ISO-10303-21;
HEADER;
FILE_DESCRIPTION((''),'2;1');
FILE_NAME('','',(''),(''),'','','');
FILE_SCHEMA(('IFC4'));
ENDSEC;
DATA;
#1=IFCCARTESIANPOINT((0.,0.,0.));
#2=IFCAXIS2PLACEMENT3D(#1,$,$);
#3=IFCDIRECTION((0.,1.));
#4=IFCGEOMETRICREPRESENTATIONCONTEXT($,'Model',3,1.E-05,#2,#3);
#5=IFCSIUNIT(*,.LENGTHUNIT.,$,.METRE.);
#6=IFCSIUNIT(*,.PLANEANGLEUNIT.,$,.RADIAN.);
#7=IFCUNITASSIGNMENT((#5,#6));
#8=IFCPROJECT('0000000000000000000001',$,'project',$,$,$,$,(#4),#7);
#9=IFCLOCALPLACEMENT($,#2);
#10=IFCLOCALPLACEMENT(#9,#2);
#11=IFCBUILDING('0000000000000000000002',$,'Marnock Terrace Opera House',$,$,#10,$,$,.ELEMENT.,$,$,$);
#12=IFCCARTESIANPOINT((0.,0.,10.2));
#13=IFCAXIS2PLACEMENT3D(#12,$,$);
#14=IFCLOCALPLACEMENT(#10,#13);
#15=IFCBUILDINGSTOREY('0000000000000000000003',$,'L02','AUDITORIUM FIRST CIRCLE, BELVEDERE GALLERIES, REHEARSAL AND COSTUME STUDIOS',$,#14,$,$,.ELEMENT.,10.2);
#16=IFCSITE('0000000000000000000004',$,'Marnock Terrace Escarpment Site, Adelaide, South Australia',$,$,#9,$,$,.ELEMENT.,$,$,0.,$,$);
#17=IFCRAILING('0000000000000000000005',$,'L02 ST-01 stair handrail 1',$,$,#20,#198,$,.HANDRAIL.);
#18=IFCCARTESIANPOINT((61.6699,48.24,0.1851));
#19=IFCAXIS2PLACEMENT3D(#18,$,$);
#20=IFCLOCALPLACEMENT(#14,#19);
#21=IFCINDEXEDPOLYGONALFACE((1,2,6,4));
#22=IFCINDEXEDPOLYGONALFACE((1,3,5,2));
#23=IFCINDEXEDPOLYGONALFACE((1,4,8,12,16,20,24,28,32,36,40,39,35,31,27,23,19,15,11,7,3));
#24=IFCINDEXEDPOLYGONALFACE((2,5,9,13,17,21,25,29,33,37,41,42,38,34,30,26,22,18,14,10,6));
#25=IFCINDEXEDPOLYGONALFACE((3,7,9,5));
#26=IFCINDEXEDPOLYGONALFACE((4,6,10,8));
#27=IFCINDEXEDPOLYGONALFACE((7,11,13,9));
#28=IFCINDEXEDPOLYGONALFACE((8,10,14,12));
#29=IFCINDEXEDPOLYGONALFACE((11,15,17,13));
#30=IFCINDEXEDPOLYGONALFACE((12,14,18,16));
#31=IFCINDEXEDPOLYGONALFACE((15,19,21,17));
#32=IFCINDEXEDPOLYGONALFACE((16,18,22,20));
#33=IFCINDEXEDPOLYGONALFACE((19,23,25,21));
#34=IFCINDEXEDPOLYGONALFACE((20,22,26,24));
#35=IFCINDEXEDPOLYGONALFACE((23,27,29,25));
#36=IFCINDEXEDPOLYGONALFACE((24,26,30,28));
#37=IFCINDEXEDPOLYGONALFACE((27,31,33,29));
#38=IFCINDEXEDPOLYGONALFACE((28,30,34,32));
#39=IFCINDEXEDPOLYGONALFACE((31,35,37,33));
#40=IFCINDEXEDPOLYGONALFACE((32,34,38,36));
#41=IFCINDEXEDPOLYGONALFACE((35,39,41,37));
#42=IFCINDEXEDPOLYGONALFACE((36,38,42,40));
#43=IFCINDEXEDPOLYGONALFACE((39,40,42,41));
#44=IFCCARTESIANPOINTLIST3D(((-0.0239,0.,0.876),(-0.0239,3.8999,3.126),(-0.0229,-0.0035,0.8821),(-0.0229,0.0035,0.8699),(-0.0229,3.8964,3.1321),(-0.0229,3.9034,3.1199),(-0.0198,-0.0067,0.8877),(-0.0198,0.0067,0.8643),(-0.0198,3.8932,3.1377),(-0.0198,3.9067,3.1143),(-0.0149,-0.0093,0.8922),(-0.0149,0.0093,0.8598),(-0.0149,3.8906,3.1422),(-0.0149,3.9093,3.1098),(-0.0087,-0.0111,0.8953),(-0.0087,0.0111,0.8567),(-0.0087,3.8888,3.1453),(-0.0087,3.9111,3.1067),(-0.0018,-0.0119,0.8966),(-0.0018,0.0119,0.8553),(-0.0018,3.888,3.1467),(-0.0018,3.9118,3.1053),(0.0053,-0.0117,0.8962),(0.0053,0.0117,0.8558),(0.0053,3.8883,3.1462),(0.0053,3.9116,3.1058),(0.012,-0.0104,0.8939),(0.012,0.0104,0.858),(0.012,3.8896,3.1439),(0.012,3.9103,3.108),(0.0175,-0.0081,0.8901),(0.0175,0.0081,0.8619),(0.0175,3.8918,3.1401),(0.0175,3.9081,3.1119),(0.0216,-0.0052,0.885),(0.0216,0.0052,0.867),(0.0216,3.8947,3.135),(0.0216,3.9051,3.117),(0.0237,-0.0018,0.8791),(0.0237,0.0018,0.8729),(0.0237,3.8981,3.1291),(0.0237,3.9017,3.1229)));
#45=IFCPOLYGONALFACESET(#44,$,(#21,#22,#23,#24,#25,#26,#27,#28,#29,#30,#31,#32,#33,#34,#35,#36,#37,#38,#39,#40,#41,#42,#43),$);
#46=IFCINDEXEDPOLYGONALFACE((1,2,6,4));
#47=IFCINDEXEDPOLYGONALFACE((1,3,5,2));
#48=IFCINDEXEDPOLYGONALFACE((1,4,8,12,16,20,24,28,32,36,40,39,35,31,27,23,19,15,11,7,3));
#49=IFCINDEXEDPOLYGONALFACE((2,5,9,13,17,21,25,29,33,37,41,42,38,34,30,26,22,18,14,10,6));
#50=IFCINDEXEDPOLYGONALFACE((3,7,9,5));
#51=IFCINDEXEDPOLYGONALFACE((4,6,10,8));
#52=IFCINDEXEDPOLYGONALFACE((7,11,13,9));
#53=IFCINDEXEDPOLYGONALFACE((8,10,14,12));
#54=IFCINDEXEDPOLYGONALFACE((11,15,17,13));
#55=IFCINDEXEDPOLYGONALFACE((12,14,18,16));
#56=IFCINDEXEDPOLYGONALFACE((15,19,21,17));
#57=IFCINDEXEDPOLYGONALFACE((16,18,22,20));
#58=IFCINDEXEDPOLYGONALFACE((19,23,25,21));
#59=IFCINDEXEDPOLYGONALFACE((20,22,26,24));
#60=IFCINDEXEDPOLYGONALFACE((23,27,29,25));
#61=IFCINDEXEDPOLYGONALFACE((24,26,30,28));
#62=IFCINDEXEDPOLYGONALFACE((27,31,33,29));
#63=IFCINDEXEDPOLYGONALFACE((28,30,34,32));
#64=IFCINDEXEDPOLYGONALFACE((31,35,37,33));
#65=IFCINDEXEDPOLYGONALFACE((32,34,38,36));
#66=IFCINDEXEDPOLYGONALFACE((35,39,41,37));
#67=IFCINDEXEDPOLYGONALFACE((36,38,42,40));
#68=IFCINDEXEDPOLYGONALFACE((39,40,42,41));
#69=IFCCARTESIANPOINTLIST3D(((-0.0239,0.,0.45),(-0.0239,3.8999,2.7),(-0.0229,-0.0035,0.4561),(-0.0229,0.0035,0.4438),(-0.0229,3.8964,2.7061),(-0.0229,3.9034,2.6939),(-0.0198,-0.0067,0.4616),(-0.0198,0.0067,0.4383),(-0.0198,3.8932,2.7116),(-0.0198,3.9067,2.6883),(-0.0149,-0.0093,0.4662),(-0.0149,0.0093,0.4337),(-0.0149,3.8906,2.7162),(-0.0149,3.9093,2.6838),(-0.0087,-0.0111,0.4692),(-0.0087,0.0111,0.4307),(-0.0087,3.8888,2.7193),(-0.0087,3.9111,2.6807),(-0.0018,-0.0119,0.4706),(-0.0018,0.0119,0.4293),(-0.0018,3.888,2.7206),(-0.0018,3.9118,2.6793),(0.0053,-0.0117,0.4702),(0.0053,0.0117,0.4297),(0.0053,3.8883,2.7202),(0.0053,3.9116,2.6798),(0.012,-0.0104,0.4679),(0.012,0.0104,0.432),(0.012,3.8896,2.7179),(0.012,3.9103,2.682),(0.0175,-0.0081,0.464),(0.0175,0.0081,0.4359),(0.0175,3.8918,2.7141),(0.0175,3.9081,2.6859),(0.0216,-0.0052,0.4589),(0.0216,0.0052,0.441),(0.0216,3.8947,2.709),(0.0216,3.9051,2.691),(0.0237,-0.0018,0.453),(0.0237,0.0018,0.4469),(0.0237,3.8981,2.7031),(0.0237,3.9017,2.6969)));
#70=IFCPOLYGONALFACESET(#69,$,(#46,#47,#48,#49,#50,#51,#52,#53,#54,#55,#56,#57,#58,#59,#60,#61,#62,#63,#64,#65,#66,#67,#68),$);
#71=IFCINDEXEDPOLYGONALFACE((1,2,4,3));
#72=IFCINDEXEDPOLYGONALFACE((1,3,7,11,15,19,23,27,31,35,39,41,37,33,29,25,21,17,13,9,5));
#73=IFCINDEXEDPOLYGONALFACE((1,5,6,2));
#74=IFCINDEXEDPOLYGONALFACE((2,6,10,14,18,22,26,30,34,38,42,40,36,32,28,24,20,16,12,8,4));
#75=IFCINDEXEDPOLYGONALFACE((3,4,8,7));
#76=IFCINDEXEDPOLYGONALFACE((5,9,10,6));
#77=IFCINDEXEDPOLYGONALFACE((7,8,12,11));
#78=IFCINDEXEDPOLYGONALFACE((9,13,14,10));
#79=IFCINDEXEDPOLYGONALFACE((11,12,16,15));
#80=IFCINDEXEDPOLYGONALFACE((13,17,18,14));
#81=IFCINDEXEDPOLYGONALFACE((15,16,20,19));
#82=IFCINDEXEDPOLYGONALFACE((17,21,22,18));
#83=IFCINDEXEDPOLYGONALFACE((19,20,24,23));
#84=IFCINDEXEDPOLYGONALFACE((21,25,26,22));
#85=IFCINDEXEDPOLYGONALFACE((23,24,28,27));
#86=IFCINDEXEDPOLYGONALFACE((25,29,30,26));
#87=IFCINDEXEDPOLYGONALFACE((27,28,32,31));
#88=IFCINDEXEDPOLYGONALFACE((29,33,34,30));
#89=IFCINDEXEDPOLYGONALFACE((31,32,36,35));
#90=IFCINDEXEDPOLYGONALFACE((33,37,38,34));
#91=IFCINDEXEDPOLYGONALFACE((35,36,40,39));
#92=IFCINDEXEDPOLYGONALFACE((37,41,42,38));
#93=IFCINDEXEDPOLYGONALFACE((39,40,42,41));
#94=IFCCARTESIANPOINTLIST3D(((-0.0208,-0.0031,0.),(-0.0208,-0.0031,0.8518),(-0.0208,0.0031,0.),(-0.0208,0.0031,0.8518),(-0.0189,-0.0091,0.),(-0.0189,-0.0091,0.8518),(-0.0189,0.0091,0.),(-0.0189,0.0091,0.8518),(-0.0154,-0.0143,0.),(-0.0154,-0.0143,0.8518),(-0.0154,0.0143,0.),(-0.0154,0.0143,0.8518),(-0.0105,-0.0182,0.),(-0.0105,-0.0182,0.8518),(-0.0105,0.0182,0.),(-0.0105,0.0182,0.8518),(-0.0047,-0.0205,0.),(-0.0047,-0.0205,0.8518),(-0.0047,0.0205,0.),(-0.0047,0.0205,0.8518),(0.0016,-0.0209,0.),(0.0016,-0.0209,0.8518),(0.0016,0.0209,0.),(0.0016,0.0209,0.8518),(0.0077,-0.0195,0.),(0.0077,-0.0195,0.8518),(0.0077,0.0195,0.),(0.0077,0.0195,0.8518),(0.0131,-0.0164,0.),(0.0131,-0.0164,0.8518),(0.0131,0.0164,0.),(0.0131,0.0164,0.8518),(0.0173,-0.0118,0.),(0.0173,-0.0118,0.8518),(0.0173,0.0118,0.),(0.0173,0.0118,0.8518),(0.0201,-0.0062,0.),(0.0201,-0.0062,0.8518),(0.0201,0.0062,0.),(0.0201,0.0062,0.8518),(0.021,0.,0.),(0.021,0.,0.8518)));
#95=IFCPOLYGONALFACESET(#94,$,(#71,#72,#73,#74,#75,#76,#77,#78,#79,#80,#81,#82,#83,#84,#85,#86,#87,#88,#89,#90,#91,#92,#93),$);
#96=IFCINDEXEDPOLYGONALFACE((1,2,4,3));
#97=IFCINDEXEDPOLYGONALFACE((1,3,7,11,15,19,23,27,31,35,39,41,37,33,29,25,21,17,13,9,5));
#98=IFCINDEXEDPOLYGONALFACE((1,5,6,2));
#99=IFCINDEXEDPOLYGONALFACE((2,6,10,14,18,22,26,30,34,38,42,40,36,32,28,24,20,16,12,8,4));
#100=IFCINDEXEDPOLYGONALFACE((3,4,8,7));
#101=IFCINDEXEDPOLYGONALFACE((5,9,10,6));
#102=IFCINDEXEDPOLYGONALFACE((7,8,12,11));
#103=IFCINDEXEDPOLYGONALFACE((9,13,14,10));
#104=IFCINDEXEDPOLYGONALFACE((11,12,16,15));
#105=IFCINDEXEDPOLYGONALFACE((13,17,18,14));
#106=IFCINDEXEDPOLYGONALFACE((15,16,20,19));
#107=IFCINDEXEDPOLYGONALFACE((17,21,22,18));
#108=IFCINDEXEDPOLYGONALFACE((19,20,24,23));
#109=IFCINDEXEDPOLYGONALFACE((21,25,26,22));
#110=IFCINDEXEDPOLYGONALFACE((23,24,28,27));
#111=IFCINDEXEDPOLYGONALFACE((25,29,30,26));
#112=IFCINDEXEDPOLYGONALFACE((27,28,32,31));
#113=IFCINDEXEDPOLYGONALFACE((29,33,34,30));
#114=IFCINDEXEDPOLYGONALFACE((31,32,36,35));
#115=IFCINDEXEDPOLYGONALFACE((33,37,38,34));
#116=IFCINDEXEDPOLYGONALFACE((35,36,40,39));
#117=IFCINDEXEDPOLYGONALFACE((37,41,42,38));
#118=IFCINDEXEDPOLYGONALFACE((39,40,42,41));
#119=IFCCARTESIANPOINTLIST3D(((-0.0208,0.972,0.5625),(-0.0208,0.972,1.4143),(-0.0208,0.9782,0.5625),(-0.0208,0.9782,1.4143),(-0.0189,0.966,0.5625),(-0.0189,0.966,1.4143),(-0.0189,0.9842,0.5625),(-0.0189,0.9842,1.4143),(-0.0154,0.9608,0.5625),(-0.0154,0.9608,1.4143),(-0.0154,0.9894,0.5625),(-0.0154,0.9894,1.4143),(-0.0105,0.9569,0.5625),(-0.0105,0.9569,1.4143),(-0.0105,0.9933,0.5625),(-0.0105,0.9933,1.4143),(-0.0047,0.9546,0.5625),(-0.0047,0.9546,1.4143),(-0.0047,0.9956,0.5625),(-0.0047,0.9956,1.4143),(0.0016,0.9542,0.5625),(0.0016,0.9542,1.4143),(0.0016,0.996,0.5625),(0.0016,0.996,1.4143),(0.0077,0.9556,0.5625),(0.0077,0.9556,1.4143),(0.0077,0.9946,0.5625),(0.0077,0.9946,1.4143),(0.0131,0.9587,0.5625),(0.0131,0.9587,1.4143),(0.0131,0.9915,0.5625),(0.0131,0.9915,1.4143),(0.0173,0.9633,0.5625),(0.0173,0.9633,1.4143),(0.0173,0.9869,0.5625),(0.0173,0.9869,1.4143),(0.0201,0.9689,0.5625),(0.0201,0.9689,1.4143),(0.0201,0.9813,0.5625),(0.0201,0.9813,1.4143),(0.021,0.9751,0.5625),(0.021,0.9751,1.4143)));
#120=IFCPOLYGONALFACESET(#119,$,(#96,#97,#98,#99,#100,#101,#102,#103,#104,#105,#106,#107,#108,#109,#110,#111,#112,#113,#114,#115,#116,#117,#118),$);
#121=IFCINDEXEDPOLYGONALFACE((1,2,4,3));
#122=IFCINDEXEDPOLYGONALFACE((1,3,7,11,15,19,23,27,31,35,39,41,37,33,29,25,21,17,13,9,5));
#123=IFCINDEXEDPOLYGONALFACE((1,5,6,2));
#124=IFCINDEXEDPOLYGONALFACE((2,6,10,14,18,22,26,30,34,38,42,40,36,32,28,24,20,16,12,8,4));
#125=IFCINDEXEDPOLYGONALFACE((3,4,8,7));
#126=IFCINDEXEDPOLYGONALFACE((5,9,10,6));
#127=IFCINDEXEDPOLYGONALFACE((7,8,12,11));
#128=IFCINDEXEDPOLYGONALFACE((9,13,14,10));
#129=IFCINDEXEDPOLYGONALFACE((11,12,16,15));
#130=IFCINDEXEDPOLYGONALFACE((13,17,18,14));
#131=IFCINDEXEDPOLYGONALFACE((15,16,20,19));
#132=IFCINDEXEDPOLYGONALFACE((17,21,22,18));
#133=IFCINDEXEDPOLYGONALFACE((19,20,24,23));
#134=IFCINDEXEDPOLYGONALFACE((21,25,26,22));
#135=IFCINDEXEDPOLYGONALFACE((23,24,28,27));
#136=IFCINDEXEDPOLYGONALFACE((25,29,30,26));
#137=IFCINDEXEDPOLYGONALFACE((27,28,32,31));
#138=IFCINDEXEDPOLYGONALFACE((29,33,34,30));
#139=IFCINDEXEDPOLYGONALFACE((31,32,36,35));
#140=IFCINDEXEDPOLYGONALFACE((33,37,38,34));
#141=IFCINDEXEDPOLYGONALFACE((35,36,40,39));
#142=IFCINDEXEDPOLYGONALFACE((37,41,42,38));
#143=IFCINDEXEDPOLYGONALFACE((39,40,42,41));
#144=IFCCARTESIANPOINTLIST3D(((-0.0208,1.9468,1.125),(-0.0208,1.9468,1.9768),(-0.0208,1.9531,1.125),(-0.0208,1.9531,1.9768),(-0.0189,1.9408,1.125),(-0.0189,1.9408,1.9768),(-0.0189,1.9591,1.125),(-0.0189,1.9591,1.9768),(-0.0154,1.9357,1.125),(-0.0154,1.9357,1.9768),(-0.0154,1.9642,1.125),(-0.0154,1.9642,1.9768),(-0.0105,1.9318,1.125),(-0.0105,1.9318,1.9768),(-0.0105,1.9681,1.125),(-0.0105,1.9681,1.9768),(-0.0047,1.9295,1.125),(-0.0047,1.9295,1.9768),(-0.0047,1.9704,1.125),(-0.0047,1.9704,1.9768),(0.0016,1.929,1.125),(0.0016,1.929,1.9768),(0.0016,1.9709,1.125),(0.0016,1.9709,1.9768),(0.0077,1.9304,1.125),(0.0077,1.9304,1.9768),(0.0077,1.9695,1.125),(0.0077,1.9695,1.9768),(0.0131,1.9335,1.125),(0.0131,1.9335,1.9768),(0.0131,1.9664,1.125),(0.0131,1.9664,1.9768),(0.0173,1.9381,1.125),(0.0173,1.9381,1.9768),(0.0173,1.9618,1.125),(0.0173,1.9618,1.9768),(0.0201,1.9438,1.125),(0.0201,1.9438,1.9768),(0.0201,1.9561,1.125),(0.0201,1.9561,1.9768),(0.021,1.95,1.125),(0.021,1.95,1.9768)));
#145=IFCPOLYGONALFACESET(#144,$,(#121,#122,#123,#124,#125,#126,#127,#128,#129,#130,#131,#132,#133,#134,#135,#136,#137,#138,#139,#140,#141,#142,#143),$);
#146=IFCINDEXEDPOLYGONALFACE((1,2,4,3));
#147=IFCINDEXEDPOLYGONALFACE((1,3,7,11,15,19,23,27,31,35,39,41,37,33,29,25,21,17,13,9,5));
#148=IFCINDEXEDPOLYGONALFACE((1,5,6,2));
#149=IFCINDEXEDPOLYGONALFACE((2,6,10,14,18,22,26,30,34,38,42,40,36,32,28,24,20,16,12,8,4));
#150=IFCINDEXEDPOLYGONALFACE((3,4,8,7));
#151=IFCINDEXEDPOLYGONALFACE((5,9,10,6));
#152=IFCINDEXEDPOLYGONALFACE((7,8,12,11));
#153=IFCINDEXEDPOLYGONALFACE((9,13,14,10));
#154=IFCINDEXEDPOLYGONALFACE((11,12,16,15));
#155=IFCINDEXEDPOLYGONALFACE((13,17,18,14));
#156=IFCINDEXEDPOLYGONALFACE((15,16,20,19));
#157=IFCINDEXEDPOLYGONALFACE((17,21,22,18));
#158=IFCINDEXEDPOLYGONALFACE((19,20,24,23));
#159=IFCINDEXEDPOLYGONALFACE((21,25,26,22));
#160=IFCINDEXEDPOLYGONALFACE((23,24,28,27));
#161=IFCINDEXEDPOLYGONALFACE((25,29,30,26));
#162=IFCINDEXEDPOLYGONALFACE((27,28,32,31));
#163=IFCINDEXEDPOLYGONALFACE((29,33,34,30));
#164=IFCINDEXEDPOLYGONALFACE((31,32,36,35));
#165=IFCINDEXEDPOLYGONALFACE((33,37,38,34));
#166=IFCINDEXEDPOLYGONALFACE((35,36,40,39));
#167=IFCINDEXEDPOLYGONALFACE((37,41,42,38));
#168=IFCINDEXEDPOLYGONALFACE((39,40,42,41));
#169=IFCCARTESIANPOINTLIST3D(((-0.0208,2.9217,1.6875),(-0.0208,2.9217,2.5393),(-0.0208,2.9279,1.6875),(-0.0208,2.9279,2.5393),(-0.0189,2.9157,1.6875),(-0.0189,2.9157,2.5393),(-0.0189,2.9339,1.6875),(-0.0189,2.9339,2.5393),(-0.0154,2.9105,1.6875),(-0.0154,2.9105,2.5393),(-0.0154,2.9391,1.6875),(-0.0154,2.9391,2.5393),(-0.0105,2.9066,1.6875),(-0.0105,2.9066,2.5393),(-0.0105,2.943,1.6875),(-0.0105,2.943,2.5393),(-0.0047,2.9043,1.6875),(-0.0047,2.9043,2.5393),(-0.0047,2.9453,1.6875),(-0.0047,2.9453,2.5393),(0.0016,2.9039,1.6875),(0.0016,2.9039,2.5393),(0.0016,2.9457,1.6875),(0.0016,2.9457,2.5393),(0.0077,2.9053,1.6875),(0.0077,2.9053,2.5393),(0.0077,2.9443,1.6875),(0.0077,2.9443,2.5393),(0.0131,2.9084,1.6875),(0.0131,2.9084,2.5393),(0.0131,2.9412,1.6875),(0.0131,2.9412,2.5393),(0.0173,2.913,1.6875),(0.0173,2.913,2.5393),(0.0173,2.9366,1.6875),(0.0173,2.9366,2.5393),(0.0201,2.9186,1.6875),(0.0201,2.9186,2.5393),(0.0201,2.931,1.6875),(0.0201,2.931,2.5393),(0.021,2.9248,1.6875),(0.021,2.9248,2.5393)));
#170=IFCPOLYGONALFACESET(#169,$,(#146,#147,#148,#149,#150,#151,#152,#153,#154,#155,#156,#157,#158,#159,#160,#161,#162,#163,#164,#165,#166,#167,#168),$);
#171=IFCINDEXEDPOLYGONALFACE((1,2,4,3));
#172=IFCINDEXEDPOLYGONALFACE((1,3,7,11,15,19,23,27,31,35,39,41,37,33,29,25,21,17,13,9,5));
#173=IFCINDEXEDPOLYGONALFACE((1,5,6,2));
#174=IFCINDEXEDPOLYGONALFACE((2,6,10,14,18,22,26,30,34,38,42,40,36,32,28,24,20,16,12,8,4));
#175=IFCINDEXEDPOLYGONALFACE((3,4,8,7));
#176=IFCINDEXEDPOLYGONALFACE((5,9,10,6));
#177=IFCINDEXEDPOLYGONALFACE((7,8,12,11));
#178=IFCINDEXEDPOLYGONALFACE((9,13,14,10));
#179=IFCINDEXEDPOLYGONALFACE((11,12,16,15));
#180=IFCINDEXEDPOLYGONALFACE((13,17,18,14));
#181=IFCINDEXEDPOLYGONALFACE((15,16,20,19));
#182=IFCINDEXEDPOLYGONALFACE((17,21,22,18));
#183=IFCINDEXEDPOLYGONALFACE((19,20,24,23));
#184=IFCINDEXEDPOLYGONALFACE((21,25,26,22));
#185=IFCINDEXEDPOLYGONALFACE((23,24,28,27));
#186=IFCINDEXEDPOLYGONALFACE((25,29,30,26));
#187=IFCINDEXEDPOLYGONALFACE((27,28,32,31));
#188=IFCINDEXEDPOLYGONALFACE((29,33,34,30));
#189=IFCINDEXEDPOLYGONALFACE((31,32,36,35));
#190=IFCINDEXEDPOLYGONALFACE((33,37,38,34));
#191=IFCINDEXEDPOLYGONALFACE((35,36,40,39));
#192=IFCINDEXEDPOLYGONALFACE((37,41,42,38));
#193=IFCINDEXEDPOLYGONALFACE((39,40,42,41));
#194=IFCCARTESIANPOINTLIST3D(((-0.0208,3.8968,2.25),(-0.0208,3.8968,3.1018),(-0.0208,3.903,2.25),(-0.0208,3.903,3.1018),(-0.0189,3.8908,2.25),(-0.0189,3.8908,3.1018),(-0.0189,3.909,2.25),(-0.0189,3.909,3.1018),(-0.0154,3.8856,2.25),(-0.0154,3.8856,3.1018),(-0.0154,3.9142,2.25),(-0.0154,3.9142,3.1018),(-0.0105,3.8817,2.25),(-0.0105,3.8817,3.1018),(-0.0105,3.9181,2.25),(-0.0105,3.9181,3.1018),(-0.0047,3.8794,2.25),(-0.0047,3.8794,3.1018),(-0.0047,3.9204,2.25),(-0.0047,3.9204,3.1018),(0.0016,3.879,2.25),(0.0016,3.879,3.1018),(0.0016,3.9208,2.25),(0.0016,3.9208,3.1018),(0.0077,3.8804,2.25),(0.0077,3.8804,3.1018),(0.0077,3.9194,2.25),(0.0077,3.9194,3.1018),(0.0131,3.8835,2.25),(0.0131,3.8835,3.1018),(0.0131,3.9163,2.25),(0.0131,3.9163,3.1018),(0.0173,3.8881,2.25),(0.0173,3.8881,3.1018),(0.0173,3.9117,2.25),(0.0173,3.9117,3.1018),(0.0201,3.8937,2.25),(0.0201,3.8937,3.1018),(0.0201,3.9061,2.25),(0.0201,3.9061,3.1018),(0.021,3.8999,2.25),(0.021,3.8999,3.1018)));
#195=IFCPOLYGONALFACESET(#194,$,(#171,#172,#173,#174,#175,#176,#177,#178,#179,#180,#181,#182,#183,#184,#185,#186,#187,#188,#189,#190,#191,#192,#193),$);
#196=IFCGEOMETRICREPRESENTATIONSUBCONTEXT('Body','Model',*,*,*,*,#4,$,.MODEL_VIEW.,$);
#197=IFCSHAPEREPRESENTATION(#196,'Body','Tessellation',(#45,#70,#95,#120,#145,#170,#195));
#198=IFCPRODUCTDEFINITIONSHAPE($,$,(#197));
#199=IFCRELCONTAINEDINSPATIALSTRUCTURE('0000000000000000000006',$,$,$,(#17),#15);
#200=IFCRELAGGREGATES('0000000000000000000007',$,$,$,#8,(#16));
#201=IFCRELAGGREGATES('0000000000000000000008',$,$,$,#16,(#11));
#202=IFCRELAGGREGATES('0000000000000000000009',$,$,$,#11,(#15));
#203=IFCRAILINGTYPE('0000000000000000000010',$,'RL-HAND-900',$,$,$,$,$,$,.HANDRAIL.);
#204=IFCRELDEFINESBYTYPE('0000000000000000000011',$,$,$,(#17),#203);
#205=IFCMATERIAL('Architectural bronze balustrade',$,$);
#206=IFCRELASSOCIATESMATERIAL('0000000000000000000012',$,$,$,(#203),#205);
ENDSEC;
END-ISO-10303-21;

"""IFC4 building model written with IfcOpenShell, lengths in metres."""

from ifc_helpers import new_model, si_unit, direction, frame, origin, origin_2d, place, context, subcontext, project, spatial, circle, extrude, material, type_object, element, save


model = new_model("IFC4")

# Units and contexts
model_context = context("Model", 3, precision=1e-05, world=origin(), true_north=direction((0.0, 1.0)))
body_context = subcontext(model_context, "Body", "Model", "MODEL_VIEW")
ifc_project = project(units=[si_unit("LENGTHUNIT", "METRE"), si_unit("PLANEANGLEUNIT", "RADIAN")], contexts=[model_context])

# Site, building, storey
site_placement = place(None, origin())
site = spatial("IfcSite", under=ifc_project, at=site_placement, Name="Marnock Terrace Escarpment Site, Adelaide, South Australia", CompositionType="ELEMENT", RefElevation=0.0)
building_placement = place(site_placement, origin())
building = spatial("IfcBuilding", under=site, at=building_placement, Name="Marnock Terrace Opera House", CompositionType="ELEMENT")
storey_placement = place(building_placement, frame((0.0, 0.0, 10.2)))
storey = spatial("IfcBuildingStorey", under=building, at=storey_placement, Name="L02", Description="AUDITORIUM FIRST CIRCLE, BELVEDERE GALLERIES, REHEARSAL AND COSTUME STUDIOS", CompositionType="ELEMENT", Elevation=10.2)

# Railing
ifc_material_1 = material(Name="Architectural bronze balustrade")
railing_type_1 = type_object("IfcRailingType", Name="RL-HAND-900", PredefinedType="HANDRAIL", material=ifc_material_1)
railing_1_placement = place(storey_placement, frame((61.6699, 48.24, 0.1851)))
element("IfcRailing", 1, at=railing_1_placement, inside=storey, type_object=railing_type_1, Name="L02 ST-01 stair handrail 1", PredefinedType="HANDRAIL", context=body_context, shape_type="SweptSolid", body=[
    extrude(circle(Radius=0.0239, at=origin_2d()), frame((0.0, 0.0, 0.876), z_axis=(0.0, 0.86618, 0.499732), x_axis=(-1.0, 0.0, 0.0)), (0.0, 0.0, 1.0), 4.5024),
    extrude(circle(Radius=0.0239, at=origin_2d()), frame((0.0, 0.0, 0.45), z_axis=(0.0, 0.86618, 0.499732), x_axis=(-1.0, 0.0, 0.0)), (0.0, 0.0, 1.0), 4.5024),
    extrude(circle(Radius=0.021, at=origin_2d()), origin(), (0.0, 0.0, 1.0), 0.8518),
    extrude(circle(Radius=0.021, at=origin_2d()), frame((0.0, 0.9751, 0.5625)), (0.0, 0.0, 1.0), 0.8518),
    extrude(circle(Radius=0.021, at=origin_2d()), frame((0.0, 1.95, 1.125)), (0.0, 0.0, 1.0), 0.8518),
    extrude(circle(Radius=0.021, at=origin_2d()), frame((0.0, 2.9248, 1.6875)), (0.0, 0.0, 1.0), 0.8518),
    extrude(circle(Radius=0.021, at=origin_2d()), frame((0.0, 3.8999, 2.25)), (0.0, 0.0, 1.0), 0.8518),
])

save(model, "model.ifc")
